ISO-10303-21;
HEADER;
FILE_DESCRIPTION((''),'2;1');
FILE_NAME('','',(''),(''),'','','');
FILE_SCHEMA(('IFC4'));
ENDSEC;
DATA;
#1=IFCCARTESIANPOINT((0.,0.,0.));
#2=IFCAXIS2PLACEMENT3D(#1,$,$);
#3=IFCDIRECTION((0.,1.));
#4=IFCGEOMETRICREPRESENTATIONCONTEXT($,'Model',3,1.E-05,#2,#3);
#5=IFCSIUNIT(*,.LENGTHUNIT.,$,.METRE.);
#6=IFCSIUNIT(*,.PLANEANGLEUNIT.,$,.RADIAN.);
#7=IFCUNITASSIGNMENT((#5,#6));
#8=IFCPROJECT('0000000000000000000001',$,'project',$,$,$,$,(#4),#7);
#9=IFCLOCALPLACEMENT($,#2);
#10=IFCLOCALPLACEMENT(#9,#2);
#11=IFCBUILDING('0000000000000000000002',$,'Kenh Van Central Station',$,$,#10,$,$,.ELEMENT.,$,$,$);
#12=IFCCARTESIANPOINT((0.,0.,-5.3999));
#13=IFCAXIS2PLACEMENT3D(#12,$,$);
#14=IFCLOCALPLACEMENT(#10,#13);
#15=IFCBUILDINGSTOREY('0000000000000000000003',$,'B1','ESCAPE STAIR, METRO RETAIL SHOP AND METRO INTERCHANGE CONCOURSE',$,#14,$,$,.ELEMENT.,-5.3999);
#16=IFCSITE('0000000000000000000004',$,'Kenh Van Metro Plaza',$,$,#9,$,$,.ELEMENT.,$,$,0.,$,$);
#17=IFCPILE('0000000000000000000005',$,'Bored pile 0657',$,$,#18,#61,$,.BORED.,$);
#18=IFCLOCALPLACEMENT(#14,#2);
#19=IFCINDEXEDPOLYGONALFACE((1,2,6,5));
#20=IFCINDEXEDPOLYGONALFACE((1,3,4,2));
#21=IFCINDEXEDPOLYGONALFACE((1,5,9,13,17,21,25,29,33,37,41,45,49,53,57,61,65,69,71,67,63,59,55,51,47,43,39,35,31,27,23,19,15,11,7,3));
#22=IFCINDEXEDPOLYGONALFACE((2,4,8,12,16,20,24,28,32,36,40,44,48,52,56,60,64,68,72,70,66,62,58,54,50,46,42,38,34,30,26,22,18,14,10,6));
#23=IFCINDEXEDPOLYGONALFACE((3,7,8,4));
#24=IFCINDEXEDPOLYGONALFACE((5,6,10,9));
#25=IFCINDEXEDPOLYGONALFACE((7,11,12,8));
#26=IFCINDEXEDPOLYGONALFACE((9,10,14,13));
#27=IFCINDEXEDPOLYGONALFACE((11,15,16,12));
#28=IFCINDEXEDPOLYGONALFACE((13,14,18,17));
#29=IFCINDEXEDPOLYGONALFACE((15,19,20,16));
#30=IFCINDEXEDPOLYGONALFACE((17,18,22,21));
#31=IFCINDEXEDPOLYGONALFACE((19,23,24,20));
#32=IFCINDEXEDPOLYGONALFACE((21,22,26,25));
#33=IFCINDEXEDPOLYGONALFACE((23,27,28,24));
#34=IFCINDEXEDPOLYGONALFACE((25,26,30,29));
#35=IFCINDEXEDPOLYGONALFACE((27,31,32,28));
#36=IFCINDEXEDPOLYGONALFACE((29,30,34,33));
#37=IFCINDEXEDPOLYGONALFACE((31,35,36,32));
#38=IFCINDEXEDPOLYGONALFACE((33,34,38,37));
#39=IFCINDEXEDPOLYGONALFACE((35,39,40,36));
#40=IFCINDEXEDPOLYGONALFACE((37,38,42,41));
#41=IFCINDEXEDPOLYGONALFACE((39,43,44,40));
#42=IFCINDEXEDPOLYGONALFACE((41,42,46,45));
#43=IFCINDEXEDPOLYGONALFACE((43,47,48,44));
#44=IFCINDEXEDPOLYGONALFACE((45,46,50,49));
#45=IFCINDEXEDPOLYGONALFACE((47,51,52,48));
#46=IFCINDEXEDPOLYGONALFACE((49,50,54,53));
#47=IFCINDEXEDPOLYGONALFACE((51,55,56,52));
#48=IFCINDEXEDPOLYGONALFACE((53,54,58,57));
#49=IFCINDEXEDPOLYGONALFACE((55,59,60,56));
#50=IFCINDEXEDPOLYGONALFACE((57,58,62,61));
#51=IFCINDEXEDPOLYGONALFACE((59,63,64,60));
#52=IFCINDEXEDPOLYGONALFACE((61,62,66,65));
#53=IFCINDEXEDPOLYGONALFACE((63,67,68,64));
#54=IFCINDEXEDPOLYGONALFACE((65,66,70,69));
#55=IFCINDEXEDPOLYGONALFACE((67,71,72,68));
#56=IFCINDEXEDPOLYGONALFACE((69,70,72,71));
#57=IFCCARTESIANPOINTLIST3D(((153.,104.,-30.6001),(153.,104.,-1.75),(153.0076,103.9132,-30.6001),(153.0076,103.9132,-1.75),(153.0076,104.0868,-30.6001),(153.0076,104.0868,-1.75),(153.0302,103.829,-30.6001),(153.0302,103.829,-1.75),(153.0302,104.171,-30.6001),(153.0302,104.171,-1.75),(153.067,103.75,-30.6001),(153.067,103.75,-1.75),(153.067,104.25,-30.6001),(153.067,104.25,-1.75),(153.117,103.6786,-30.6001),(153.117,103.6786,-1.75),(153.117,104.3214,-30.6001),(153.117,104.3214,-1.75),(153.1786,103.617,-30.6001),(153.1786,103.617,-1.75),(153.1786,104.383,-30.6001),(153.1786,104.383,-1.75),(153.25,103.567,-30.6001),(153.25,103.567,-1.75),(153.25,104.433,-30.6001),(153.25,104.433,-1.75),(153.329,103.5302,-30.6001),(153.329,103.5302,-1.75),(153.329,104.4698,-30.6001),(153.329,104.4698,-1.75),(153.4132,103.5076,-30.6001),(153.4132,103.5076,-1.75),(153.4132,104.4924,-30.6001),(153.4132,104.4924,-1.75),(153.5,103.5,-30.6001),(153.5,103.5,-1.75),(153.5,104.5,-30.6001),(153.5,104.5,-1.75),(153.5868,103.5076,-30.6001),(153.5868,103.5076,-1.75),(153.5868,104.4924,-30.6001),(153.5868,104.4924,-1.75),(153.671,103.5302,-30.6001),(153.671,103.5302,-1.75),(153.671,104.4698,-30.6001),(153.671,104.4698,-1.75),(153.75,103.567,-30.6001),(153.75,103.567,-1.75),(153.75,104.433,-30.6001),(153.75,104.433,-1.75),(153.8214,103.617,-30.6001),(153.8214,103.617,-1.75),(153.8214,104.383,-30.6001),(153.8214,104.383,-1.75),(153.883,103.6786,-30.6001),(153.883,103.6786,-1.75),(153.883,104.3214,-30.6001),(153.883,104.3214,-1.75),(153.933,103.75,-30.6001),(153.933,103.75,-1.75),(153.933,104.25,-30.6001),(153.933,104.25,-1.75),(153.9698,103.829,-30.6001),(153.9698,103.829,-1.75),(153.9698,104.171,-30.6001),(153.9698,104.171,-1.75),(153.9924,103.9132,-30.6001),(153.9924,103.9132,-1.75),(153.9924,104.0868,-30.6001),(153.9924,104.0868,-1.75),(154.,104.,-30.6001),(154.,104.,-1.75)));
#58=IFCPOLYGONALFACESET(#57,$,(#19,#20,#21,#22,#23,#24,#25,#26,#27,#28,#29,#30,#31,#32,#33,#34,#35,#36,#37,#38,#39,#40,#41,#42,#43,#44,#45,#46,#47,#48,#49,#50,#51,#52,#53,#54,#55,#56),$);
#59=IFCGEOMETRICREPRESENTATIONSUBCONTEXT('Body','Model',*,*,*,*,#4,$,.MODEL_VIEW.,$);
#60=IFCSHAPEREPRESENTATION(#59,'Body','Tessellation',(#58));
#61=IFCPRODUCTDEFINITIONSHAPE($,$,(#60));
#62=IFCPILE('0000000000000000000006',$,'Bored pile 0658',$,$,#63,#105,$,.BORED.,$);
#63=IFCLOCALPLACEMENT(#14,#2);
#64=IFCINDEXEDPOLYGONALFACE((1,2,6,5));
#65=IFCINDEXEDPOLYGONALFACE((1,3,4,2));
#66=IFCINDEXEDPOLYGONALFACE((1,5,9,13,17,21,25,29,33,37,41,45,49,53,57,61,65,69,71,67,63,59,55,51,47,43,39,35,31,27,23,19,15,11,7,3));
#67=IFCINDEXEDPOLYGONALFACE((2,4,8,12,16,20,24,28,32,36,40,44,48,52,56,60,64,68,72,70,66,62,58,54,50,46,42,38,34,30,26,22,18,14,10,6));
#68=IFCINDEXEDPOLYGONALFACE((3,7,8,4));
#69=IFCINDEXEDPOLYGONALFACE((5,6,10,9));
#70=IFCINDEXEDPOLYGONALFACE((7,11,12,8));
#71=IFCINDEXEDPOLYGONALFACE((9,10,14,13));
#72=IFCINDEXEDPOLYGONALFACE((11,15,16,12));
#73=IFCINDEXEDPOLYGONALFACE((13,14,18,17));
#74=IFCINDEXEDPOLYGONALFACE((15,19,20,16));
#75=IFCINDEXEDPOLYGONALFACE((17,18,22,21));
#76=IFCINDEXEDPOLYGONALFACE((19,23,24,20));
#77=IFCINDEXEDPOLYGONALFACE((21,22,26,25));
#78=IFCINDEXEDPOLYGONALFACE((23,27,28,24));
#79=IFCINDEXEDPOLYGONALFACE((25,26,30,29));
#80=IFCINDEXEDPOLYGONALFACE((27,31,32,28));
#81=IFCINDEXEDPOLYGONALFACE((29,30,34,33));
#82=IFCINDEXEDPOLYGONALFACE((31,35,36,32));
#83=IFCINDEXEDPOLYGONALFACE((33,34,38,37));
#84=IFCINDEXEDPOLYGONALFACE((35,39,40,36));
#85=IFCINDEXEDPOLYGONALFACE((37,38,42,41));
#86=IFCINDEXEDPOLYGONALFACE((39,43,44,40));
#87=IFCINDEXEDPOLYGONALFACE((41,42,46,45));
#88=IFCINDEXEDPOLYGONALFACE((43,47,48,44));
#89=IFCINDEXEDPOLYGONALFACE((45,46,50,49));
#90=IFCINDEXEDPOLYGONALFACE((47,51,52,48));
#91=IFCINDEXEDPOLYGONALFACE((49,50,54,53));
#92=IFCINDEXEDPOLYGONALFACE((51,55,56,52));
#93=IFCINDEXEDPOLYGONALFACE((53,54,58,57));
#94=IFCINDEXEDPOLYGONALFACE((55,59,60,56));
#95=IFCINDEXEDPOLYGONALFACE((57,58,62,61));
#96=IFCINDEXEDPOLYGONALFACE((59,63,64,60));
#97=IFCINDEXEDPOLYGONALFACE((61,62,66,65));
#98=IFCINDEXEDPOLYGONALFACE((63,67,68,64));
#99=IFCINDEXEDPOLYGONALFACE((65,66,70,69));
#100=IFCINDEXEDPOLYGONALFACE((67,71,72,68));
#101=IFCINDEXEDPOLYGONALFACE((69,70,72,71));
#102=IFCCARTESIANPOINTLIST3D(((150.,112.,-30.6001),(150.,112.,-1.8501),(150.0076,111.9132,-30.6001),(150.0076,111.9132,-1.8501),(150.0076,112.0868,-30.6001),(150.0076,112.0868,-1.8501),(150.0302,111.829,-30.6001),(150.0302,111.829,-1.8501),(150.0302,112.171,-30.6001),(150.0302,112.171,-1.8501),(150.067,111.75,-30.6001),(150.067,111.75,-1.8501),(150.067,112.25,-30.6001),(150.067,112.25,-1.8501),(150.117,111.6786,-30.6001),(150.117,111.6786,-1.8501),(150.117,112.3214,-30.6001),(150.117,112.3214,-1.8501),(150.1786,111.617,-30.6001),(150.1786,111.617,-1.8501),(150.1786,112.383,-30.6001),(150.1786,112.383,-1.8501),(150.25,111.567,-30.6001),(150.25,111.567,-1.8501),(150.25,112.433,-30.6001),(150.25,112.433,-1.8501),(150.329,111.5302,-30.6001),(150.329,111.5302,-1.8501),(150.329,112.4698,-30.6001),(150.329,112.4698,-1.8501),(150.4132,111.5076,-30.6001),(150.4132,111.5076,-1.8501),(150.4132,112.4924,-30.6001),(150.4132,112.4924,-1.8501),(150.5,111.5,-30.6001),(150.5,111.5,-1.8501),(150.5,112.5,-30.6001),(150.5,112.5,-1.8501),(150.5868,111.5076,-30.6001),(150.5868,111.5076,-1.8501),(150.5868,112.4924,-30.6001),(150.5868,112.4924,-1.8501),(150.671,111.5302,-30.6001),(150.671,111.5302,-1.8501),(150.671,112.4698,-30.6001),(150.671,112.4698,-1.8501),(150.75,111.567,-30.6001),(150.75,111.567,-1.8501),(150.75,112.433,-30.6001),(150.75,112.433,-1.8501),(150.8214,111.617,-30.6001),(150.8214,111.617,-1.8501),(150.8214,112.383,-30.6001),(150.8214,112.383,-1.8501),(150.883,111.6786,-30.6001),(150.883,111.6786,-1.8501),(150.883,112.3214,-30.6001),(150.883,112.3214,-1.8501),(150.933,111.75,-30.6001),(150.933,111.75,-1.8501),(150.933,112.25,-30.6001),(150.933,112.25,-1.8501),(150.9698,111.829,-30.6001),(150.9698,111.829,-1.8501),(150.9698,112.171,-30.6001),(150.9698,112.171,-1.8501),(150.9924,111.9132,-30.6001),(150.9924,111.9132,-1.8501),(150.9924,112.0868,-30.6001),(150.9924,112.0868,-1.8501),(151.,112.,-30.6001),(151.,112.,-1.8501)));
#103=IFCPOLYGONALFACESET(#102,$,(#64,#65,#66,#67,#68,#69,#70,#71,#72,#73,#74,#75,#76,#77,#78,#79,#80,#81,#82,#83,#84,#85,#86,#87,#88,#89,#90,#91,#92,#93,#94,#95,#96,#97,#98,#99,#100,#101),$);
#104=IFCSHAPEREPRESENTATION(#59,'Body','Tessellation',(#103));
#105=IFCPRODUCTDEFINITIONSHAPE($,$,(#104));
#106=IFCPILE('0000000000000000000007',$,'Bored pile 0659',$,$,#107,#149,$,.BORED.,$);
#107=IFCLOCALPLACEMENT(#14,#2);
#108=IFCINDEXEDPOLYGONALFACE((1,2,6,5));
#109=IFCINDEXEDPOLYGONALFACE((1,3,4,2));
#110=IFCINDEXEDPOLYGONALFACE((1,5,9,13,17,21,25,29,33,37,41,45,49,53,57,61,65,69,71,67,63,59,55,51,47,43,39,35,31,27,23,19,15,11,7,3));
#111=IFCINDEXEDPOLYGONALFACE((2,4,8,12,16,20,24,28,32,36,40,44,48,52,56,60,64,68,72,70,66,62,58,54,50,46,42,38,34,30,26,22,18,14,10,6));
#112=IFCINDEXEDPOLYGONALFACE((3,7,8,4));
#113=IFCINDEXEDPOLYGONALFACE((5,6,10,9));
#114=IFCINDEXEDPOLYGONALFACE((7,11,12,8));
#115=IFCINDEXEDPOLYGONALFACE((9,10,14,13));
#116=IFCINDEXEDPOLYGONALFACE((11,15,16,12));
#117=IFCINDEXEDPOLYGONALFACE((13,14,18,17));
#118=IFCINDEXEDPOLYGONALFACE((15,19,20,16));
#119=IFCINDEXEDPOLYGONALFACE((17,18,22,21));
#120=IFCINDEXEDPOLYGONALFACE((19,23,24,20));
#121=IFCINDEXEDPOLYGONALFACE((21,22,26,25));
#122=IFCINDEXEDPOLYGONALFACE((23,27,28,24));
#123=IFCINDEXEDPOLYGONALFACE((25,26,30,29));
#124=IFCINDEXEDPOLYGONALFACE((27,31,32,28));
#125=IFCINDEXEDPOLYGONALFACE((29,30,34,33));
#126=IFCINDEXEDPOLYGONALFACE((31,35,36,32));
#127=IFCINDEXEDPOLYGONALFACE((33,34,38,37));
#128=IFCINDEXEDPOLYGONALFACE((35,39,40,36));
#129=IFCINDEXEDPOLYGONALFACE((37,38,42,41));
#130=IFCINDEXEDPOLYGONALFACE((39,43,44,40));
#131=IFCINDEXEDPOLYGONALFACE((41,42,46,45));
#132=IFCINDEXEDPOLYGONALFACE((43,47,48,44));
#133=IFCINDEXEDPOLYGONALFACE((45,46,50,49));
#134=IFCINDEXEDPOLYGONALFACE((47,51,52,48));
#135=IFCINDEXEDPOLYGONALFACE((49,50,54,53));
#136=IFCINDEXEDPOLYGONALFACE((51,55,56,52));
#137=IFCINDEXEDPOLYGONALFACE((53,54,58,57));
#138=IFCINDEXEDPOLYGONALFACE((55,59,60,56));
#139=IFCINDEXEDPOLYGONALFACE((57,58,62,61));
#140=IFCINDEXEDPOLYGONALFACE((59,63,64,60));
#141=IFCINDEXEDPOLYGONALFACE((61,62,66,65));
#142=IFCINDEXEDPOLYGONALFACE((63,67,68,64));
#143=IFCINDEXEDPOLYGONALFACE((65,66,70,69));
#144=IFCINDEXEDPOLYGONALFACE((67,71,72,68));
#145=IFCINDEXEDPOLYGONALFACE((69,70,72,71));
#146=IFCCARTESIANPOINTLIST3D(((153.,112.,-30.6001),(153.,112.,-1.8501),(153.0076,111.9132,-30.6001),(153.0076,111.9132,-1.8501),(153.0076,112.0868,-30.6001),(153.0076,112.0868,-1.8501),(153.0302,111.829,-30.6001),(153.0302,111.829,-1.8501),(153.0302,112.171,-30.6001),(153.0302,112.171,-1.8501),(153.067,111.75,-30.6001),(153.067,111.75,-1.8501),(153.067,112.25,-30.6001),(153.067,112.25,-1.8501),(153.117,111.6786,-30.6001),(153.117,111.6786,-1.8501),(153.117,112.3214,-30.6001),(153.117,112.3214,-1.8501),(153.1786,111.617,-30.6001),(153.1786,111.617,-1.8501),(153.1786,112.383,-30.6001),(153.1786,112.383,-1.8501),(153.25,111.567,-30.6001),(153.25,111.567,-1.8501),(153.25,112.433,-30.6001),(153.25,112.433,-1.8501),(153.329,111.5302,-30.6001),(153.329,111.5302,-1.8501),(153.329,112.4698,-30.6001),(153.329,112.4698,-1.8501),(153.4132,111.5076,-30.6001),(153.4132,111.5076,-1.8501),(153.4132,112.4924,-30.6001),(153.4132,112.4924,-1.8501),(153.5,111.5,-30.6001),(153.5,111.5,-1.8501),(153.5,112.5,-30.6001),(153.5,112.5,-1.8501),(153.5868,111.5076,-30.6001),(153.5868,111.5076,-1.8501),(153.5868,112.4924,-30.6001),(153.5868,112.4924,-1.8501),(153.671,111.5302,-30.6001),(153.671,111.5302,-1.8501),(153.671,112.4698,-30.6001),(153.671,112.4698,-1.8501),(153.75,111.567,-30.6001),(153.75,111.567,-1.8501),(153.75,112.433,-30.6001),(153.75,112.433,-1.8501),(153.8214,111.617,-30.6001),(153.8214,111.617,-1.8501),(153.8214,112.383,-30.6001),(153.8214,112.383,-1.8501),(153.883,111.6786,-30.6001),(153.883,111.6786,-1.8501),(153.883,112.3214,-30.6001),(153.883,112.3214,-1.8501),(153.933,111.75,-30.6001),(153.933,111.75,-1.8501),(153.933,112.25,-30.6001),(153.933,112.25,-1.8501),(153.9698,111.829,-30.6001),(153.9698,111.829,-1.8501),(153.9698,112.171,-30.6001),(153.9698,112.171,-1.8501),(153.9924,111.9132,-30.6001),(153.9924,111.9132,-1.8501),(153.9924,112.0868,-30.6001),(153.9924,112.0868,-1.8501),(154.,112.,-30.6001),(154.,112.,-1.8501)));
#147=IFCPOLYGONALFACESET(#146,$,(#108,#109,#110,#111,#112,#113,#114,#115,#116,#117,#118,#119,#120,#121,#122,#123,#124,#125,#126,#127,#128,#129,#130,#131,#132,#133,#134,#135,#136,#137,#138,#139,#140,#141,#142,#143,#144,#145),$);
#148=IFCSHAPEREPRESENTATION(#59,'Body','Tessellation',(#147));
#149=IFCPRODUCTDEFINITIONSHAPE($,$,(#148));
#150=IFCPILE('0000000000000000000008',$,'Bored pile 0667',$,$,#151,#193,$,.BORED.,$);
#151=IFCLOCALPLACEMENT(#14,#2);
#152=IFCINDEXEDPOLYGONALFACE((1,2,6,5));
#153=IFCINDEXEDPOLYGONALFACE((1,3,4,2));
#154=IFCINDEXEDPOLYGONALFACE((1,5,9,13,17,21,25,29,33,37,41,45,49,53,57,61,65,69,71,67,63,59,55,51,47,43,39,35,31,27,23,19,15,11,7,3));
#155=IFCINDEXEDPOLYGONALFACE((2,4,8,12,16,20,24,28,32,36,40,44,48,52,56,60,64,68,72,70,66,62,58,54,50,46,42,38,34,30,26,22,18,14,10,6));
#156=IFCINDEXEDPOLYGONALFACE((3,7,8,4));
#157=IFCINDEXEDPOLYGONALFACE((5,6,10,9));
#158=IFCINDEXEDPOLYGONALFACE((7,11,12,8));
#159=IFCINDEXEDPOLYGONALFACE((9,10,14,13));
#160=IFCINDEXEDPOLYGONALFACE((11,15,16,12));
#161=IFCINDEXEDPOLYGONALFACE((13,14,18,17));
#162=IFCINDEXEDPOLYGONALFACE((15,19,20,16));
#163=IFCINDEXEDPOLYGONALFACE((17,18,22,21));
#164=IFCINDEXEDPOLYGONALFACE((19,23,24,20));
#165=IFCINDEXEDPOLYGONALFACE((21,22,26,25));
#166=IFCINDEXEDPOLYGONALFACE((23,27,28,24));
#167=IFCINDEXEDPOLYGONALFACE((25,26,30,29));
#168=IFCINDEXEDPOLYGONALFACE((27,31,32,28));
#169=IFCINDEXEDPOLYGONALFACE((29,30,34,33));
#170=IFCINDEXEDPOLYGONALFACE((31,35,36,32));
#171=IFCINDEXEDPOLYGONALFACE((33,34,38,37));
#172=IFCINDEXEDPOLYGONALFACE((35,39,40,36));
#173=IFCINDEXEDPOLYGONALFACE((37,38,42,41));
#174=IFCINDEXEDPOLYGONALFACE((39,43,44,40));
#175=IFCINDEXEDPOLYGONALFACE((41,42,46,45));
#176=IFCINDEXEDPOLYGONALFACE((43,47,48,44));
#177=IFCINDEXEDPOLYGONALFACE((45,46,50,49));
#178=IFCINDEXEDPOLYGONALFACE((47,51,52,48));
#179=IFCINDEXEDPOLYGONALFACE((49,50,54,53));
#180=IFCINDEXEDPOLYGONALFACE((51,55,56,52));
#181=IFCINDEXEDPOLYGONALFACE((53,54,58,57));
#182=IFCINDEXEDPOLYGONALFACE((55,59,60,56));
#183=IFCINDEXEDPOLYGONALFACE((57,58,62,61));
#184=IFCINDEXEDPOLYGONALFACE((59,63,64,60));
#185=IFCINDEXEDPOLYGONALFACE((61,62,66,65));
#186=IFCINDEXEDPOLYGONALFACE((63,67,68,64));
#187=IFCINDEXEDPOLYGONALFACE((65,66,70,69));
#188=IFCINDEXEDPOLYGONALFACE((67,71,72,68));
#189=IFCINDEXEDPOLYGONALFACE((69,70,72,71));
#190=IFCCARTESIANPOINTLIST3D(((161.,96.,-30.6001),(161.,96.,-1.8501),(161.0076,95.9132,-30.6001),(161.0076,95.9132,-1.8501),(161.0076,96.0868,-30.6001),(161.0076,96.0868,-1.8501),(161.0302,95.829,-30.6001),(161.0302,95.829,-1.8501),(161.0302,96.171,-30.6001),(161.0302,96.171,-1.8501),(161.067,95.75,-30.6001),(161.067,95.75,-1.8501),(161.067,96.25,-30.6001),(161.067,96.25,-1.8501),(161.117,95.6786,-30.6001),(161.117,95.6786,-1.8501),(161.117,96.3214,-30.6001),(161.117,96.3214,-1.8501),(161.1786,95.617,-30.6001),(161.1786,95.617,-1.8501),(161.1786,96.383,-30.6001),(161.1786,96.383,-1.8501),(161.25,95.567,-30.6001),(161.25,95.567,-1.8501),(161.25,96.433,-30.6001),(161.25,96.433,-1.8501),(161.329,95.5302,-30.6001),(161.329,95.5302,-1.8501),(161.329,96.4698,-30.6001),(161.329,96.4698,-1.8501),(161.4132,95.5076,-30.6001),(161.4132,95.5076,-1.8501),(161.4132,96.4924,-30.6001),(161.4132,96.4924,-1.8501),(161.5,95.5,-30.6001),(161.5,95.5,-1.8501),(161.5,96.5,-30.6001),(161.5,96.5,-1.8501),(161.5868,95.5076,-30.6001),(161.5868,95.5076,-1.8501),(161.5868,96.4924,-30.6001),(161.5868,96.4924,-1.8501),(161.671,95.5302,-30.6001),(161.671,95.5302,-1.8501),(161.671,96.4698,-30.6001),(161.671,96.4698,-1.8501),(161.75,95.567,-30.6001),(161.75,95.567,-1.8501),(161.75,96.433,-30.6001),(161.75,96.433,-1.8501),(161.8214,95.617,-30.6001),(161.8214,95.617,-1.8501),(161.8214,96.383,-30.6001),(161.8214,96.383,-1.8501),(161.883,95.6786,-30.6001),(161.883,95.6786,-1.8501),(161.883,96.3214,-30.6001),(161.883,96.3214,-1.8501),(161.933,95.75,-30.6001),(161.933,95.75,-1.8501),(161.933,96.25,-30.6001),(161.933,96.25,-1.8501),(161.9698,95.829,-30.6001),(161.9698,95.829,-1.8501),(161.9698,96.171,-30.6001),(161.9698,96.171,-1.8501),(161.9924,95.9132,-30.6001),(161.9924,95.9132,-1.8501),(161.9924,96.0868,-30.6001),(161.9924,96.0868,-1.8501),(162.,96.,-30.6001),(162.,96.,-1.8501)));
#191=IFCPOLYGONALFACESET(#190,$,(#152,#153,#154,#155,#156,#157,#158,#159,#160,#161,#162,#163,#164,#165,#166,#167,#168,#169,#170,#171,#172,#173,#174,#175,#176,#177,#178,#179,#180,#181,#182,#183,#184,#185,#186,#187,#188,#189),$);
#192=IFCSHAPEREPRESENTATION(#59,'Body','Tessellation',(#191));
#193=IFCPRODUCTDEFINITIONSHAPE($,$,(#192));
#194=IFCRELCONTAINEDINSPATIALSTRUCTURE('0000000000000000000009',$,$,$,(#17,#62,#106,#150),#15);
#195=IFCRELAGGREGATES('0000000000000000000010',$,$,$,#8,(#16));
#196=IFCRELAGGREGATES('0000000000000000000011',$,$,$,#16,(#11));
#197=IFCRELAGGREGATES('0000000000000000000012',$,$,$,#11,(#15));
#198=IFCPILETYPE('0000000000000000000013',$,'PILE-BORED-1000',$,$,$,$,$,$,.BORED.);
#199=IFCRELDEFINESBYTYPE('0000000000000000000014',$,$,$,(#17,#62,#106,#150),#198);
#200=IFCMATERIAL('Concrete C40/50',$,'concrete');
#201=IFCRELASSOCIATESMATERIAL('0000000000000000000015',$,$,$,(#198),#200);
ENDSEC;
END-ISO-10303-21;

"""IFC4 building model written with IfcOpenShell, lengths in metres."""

from ifc_helpers import new_model, si_unit, direction, frame, origin, origin_2d, place, context, subcontext, project, spatial, circle, extrude, material, material_profile, profile_set, type_object, element, save


model = new_model("IFC4")

# Units and contexts
model_context = context("Model", 3, precision=1e-05, world=origin(), true_north=direction((0.0, 1.0)))
body_context = subcontext(model_context, "Body", "Model", "MODEL_VIEW")
ifc_project = project(units=[si_unit("LENGTHUNIT", "METRE"), si_unit("PLANEANGLEUNIT", "RADIAN")], contexts=[model_context])

# Site, building, storey
site_placement = place(None, origin())
site = spatial("IfcSite", under=ifc_project, at=site_placement, Name="Kenh Van Metro Plaza", CompositionType="ELEMENT", RefElevation=0.0)
building_placement = place(site_placement, origin())
building = spatial("IfcBuilding", under=site, at=building_placement, Name="Kenh Van Central Station", CompositionType="ELEMENT")
storey_placement = place(building_placement, frame((0.0, 0.0, -5.3999)))
storey = spatial("IfcBuildingStorey", under=building, at=storey_placement, Name="B1", Description="ESCAPE STAIR, METRO RETAIL SHOP AND METRO INTERCHANGE CONCOURSE", CompositionType="ELEMENT", Elevation=-5.3999)

# Shared definitions
ifc_material_1 = material(Name="Concrete C40/50", Category="concrete")

# Piles
ifc_material_profile_1 = material_profile(ifc_material_1, circle(Radius=0.5, at=origin_2d()), Name="PILE D1000")
ifc_profile_set_1 = profile_set([ifc_material_profile_1], Name="Concrete C40/50")
pile_type = type_object("IfcPileType", Name="PILE-BORED-1000", PredefinedType="BORED", material=ifc_profile_set_1)
for number, where, z_axis, x_axis, name in (
    (1, (153.5, 104.0, -1.75), (0.0, 0.0, -1.0), (1.0, 0.0, 0.0), "Bored pile 0657"),
):
    element("IfcPile", number, at=place(storey_placement, frame(where, z_axis=z_axis, x_axis=x_axis)), inside=storey, type_object=pile_type, Name=name, PredefinedType="BORED", context=body_context, shape_type="SweptSolid", body=[
        extrude(circle(Radius=0.5, at=origin_2d()), origin(), (0.0, 0.0, 1.0), 28.8501),
    ])
for number, where, z_axis, x_axis, name in (
    (2, (150.5, 112.0, -1.8501), (0.0, 0.0, -1.0), (1.0, 0.0, 0.0), "Bored pile 0658"),
    (3, (153.5, 112.0, -1.8501), (0.0, 0.0, -1.0), (1.0, 0.0, 0.0), "Bored pile 0659"),
    (4, (161.5, 96.0, -1.8501), (0.0, 0.0, -1.0), (1.0, 0.0, 0.0), "Bored pile 0667"),
):
    element("IfcPile", number, at=place(storey_placement, frame(where, z_axis=z_axis, x_axis=x_axis)), inside=storey, type_object=pile_type, Name=name, PredefinedType="BORED", context=body_context, shape_type="SweptSolid", body=[
        extrude(circle(Radius=0.5, at=origin_2d()), origin(), (0.0, 0.0, 1.0), 28.75),
    ])

save(model, "model.ifc")
